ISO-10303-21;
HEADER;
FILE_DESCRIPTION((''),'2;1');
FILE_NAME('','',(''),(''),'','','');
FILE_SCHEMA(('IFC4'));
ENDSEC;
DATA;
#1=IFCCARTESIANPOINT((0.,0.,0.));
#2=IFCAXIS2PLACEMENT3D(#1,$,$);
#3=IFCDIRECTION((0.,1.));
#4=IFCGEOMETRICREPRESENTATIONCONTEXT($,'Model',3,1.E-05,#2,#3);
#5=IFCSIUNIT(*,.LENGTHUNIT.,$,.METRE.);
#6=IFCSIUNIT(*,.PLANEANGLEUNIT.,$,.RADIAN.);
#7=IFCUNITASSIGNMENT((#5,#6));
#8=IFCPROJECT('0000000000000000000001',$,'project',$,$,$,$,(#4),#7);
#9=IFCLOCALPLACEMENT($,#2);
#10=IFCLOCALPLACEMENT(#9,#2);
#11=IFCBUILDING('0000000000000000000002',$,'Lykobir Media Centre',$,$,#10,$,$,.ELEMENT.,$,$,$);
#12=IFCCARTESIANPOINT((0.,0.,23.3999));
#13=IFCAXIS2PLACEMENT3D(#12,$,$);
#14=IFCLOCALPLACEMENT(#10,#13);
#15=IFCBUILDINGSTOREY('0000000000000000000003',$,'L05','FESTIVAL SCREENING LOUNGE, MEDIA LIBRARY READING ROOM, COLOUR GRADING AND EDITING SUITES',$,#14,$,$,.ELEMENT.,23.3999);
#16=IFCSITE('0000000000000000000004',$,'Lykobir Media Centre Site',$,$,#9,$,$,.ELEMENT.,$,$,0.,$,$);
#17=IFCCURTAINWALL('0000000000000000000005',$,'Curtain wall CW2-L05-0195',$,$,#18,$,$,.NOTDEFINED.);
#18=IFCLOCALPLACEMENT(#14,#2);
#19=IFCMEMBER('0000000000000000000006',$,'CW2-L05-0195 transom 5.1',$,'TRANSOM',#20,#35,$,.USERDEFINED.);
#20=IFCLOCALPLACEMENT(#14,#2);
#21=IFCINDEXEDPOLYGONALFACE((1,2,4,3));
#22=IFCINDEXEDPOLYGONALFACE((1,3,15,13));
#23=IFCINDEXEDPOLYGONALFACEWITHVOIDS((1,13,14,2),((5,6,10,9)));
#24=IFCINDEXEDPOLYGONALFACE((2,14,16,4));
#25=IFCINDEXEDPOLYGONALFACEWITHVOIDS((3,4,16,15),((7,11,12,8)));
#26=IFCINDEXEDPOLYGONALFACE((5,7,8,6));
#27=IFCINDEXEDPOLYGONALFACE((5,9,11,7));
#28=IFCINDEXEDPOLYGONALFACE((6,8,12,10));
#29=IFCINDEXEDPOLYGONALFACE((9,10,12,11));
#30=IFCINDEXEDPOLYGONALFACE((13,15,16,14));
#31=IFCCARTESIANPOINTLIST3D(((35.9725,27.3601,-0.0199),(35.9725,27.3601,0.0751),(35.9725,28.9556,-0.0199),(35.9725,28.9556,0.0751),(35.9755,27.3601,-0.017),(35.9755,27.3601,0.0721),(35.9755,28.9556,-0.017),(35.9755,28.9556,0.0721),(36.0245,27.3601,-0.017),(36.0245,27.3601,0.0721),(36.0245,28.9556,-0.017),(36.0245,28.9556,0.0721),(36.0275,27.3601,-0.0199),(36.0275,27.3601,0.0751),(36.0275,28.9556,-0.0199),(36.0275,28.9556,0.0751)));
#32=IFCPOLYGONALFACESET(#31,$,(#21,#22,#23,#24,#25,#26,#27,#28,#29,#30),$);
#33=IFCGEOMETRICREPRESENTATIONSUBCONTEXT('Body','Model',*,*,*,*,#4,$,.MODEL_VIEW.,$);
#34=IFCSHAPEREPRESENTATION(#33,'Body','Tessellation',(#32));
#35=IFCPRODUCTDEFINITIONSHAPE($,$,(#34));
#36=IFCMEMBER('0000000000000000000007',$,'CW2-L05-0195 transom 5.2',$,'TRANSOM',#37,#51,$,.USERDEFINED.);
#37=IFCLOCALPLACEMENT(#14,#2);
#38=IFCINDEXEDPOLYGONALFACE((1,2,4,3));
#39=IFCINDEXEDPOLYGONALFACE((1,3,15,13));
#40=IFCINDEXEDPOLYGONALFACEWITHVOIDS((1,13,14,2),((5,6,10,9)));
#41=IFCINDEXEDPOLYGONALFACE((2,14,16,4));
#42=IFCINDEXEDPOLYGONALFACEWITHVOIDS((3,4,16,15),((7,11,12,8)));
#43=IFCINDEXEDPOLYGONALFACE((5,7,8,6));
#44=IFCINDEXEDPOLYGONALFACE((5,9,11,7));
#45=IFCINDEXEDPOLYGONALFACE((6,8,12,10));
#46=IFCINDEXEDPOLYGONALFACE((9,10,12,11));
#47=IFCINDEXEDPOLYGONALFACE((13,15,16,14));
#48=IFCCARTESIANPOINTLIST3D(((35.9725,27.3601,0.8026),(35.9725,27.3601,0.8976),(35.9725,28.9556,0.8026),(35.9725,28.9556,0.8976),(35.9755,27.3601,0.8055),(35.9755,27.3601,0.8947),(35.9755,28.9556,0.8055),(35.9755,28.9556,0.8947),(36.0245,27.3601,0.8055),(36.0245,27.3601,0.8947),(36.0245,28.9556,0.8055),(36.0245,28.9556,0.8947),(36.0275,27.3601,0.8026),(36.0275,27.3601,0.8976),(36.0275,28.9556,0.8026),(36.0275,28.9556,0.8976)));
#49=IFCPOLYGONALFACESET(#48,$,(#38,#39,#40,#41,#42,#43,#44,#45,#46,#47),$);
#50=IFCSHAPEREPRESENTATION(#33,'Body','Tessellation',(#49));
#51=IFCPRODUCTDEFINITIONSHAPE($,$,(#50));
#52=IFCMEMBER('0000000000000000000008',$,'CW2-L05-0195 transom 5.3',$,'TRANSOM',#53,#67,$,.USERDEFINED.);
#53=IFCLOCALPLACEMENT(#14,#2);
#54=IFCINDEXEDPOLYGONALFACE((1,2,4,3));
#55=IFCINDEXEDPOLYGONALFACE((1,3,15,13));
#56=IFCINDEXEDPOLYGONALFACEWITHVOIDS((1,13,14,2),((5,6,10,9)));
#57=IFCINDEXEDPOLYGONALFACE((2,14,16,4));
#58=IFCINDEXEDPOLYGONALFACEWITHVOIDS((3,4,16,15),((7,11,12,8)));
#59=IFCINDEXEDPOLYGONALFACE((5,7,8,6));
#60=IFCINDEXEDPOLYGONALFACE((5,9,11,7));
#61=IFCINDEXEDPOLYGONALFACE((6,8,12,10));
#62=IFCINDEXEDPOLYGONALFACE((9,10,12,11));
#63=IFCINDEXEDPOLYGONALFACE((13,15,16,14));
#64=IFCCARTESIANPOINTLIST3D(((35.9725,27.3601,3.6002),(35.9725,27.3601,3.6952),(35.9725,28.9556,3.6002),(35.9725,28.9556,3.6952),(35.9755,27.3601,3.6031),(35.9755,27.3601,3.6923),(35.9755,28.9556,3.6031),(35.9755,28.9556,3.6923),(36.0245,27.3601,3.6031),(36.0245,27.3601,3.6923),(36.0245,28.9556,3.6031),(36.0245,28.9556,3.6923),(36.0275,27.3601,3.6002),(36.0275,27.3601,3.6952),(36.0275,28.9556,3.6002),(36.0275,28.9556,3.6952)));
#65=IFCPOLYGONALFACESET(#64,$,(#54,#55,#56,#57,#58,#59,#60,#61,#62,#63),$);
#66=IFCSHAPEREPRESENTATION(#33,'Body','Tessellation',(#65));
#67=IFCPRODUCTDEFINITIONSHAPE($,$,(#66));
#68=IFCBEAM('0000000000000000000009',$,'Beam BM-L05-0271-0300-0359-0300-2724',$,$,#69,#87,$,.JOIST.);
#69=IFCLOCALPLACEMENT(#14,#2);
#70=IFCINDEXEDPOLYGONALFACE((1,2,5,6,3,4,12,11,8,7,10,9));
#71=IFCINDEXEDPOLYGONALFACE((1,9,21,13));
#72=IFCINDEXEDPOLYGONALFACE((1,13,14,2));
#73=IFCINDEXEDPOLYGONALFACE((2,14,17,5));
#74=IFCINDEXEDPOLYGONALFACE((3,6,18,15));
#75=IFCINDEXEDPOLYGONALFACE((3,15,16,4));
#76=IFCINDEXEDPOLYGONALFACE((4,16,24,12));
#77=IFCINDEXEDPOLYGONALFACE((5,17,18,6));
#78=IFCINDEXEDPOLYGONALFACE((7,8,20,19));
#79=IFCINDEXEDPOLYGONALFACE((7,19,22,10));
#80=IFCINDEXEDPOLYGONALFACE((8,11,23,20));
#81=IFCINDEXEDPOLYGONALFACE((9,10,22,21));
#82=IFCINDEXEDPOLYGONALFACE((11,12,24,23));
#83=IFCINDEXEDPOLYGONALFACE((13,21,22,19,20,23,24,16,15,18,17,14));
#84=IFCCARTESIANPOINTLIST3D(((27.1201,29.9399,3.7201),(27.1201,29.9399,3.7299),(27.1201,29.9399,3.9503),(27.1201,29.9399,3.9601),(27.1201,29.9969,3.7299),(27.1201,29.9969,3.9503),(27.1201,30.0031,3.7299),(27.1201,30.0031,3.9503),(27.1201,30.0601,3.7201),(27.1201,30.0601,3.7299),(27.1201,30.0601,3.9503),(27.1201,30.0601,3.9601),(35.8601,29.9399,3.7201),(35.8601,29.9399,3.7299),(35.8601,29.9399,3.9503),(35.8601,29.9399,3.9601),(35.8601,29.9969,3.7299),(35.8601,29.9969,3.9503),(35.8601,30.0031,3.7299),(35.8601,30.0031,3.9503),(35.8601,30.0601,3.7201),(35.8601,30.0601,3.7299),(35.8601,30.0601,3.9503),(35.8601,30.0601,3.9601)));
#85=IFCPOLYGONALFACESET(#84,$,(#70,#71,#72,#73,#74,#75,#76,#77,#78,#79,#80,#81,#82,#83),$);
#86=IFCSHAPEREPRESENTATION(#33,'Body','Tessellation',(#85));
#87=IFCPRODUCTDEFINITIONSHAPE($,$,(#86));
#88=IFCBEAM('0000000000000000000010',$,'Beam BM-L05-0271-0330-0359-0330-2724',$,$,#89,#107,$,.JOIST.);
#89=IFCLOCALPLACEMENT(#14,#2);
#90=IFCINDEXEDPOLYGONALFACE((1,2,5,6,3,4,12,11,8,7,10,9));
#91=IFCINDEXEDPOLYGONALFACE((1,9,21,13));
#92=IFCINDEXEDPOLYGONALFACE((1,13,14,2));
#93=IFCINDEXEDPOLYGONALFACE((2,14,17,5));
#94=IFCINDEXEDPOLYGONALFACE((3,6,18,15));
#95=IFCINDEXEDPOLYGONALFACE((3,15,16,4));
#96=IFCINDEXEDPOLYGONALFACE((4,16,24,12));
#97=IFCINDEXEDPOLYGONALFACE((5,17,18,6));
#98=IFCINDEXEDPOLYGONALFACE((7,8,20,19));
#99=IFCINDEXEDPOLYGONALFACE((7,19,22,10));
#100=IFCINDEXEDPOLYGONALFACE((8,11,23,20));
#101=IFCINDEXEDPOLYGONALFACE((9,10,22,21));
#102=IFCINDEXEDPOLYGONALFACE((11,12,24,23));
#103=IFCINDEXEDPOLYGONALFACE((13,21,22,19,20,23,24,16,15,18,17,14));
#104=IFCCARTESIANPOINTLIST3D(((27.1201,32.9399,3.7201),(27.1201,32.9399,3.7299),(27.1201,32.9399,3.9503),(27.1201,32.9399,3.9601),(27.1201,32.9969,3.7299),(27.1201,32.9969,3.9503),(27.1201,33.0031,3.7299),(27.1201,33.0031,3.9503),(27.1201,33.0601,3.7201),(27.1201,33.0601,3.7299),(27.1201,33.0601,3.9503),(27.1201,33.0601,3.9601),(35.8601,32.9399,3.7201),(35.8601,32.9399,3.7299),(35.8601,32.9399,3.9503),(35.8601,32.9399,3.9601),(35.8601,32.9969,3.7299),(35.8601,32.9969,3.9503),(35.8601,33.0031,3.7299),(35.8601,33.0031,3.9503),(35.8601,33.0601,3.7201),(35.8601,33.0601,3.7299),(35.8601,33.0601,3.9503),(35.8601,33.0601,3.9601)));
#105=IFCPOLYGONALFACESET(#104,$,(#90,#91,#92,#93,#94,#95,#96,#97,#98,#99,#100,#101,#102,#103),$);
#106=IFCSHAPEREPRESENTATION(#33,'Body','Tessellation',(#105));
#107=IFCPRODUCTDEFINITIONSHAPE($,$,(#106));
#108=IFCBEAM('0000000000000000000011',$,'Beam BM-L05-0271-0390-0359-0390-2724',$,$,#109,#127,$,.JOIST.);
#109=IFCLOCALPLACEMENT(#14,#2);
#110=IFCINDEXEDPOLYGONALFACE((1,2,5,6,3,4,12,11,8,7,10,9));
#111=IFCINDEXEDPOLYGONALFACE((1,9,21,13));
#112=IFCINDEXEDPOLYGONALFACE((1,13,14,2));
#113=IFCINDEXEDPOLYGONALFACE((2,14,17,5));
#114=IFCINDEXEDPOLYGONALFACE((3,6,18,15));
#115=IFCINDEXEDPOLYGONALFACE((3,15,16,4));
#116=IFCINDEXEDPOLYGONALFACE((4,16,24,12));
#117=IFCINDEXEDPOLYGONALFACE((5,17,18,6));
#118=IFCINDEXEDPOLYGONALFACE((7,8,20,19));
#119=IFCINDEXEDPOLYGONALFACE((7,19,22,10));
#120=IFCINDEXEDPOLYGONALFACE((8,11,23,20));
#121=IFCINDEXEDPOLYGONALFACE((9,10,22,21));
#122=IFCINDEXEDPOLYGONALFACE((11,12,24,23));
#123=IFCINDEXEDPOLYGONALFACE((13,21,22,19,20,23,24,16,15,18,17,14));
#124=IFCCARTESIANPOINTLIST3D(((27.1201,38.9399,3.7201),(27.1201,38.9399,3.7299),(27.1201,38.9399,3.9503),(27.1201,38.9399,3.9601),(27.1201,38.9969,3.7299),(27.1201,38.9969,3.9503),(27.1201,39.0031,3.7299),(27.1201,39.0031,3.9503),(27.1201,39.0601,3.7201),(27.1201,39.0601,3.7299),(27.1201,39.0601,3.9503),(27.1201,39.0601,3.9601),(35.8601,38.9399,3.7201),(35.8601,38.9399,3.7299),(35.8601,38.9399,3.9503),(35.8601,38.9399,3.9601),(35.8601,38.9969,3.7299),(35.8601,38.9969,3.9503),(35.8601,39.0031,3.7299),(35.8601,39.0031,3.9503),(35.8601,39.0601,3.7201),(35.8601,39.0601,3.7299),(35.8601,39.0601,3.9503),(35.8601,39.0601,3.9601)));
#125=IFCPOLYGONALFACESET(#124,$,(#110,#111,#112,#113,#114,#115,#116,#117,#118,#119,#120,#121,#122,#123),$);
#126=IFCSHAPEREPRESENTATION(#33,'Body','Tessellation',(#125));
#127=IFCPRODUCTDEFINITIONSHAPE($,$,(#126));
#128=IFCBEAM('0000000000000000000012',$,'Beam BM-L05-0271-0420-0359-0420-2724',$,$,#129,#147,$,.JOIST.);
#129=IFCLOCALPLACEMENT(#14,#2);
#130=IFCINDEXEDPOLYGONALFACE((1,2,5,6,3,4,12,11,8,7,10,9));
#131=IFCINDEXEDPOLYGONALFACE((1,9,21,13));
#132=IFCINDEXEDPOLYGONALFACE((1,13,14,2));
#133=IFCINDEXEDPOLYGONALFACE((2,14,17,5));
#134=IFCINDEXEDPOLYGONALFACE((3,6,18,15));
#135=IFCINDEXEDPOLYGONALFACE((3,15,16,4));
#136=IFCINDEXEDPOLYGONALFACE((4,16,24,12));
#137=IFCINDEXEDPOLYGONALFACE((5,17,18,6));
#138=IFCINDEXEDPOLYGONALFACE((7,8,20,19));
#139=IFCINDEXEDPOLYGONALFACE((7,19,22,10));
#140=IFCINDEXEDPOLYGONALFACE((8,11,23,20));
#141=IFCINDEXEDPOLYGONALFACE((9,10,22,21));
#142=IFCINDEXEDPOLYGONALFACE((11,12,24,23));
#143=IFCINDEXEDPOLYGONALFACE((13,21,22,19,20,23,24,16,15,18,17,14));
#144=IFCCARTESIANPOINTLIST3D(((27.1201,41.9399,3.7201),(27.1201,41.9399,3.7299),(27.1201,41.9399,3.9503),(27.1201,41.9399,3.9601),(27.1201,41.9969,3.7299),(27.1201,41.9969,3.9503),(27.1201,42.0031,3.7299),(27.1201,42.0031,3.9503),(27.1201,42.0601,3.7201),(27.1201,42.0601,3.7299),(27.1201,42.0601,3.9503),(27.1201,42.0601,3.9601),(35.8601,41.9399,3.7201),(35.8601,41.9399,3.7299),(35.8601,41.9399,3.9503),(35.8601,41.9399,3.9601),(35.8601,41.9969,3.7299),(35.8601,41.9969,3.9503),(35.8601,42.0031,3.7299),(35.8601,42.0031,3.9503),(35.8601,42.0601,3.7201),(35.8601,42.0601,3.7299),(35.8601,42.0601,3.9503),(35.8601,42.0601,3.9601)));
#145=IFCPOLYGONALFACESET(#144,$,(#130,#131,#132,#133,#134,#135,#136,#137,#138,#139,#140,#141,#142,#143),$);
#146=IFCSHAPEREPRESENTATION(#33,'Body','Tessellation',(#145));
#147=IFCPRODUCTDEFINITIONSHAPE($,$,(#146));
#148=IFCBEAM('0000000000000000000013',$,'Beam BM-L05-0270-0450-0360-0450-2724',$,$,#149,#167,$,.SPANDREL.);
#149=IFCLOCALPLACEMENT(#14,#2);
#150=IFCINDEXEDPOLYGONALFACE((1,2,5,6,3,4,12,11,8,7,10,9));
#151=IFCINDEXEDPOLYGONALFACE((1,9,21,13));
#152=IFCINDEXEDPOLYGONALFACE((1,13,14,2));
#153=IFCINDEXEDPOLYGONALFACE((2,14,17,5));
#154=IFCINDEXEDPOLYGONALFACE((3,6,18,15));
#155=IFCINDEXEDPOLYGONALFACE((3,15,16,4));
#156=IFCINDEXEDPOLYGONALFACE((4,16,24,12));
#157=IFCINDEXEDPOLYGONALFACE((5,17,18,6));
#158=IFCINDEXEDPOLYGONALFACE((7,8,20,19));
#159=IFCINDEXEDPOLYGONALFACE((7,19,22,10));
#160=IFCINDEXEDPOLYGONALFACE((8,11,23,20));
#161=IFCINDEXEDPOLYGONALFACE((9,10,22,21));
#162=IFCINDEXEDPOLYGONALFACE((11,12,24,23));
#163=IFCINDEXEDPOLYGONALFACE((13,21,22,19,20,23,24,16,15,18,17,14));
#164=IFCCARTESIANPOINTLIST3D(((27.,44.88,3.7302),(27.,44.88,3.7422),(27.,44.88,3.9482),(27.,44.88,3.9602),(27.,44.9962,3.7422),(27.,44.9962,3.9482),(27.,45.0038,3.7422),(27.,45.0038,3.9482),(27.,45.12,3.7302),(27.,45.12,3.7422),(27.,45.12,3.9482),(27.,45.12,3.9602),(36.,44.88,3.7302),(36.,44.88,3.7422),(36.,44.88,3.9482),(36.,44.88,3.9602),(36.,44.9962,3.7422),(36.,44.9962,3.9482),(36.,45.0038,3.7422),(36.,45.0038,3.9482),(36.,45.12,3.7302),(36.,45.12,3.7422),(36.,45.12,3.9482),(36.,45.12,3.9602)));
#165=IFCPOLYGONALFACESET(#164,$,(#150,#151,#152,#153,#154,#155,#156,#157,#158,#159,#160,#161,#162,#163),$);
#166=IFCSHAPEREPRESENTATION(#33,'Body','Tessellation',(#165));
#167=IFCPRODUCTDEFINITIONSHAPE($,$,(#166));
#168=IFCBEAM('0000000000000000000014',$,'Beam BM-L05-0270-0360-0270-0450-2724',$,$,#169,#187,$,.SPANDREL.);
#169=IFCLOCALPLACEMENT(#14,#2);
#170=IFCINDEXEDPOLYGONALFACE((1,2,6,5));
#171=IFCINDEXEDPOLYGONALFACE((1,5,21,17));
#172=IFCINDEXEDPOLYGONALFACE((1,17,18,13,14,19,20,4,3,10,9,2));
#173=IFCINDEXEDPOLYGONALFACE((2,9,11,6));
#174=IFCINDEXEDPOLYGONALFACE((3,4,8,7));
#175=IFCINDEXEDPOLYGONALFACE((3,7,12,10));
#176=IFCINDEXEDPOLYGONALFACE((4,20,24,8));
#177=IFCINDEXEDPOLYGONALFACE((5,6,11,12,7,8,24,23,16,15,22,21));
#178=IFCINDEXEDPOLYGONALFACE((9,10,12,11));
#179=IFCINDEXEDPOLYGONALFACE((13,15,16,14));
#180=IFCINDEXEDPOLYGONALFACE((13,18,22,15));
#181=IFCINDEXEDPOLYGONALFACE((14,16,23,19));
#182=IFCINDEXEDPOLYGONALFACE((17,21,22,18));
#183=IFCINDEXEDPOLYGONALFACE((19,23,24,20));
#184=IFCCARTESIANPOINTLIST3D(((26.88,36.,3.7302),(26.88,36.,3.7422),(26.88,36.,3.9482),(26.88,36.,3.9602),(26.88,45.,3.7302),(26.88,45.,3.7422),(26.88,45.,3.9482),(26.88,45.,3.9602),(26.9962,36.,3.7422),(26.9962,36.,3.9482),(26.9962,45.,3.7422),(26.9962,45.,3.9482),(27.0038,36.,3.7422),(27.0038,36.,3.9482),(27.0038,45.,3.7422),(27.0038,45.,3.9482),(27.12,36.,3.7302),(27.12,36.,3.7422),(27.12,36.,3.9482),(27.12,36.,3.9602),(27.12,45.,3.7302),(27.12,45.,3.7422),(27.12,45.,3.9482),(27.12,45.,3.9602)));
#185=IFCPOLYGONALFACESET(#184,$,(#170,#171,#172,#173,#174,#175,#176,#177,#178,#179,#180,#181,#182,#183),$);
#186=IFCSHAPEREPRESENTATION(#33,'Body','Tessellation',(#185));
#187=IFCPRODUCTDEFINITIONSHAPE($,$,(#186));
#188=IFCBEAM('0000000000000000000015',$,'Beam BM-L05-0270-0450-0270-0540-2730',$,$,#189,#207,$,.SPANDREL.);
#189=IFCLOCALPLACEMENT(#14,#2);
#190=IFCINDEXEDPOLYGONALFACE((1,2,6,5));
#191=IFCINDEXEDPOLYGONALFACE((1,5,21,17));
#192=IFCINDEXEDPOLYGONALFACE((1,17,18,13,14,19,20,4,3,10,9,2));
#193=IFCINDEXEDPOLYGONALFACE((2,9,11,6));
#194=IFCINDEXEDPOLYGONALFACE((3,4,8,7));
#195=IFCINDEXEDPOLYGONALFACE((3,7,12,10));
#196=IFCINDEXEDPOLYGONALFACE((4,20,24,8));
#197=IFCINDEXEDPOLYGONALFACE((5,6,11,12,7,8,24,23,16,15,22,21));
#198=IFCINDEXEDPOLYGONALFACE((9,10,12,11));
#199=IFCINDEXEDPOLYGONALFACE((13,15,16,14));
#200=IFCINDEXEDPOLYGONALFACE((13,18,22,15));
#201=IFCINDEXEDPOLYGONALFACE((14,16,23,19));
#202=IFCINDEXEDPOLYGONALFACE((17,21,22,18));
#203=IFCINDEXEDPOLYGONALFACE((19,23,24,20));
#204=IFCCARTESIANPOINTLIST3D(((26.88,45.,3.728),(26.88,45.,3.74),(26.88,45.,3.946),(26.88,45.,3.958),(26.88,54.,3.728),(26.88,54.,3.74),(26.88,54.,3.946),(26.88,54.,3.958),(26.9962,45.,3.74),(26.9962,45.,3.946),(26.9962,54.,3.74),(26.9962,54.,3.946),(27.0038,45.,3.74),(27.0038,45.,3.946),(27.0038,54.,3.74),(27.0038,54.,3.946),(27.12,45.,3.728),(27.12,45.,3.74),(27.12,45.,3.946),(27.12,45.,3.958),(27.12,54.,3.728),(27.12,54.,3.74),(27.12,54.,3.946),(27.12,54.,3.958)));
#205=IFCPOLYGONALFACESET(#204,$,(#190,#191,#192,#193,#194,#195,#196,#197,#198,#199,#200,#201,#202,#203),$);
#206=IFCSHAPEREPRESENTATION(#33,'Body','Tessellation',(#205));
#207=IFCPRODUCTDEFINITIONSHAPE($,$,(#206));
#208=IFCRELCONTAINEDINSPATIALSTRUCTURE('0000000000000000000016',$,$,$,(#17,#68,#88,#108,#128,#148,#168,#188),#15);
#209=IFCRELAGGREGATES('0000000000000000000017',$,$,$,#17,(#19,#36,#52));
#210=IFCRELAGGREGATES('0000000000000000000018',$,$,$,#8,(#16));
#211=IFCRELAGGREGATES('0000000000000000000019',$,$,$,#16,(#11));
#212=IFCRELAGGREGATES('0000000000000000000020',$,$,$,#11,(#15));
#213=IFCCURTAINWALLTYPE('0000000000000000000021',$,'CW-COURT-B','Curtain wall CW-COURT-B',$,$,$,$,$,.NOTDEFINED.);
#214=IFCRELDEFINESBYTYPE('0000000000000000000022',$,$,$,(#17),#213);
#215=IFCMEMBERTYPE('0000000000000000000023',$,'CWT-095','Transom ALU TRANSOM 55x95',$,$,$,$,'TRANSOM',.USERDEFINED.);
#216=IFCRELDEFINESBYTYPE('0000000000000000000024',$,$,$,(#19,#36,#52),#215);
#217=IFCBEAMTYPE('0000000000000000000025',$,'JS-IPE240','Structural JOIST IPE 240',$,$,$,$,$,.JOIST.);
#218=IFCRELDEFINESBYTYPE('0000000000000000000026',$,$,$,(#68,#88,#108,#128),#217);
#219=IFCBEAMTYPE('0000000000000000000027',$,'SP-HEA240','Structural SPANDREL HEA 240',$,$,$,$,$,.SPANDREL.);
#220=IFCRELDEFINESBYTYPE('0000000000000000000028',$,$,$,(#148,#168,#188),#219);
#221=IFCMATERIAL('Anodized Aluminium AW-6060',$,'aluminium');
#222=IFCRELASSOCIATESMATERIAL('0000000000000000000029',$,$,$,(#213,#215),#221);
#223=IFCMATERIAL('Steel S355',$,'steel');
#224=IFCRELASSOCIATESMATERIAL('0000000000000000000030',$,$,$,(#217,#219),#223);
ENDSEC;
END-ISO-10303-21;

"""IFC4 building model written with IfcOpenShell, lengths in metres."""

from ifc_helpers import new_model, si_unit, direction, frame, origin, origin_2d, place, context, subcontext, project, spatial, hollow_rectangle, i_section, extrude, material, material_profile, profile_set, type_object, element, aggregate, save


model = new_model("IFC4")

# Units and contexts
model_context = context("Model", 3, precision=1e-05, world=origin(), true_north=direction((0.0, 1.0)))
body_context = subcontext(model_context, "Body", "Model", "MODEL_VIEW")
ifc_project = project(units=[si_unit("LENGTHUNIT", "METRE"), si_unit("PLANEANGLEUNIT", "RADIAN")], contexts=[model_context])

# Site, building, storey
site_placement = place(None, origin())
site = spatial("IfcSite", under=ifc_project, at=site_placement, Name="Lykobir Media Centre Site", CompositionType="ELEMENT", RefElevation=0.0)
building_placement = place(site_placement, origin())
building = spatial("IfcBuilding", under=site, at=building_placement, Name="Lykobir Media Centre", CompositionType="ELEMENT")
storey_placement = place(building_placement, frame((0.0, 0.0, 23.3999)))
storey = spatial("IfcBuildingStorey", under=building, at=storey_placement, Name="L05", Description="FESTIVAL SCREENING LOUNGE, MEDIA LIBRARY READING ROOM, COLOUR GRADING AND EDITING SUITES", CompositionType="ELEMENT", Elevation=23.3999)

# Shared definitions
ifc_material_1 = material(Name="Steel S355", Category="steel")

# Curtain wall, members
ifc_material_2 = material(Name="Anodized Aluminium AW-6060", Category="aluminium")
curtain_wall_type = type_object("IfcCurtainWallType", Name="CW-COURT-B", Description="Curtain wall CW-COURT-B", PredefinedType="NOTDEFINED", material=ifc_material_2)
curtain_wall_placement = place(storey_placement, origin())
curtain_wall = element("IfcCurtainWall", 1, at=curtain_wall_placement, inside=storey, type_object=curtain_wall_type, Name="Curtain wall CW2-L05-0195", PredefinedType="NOTDEFINED")
ifc_material_profile_1 = material_profile(ifc_material_2, hollow_rectangle(XDim=0.0549, YDim=0.095, WallThickness=0.0029, at=origin_2d()), Name="ALU TRANSOM 55x95")
ifc_profile_set_1 = profile_set([ifc_material_profile_1], Name="Anodized Aluminium AW-6060")
member_type_1 = type_object("IfcMemberType", Name="CWT-095", Description="Transom ALU TRANSOM 55x95", ElementType="TRANSOM", PredefinedType="USERDEFINED", material=ifc_profile_set_1)
member_1_placement = place(storey_placement, frame((36.0, 28.9556, 0.0276), z_axis=(0.0, -1.0, 0.0), x_axis=(1.0, 0.0, 0.0)))
member_1 = element("IfcMember", 2, at=member_1_placement, type_object=member_type_1, Name="CW2-L05-0195 transom 5.1", ObjectType="TRANSOM", PredefinedType="USERDEFINED", context=body_context, shape_type="SweptSolid", body=[
    extrude(hollow_rectangle(XDim=0.0549, YDim=0.095, WallThickness=0.0029, at=origin_2d()), origin(), (0.0, 0.0, 1.0), 1.5955),
])
member_2_placement = place(storey_placement, frame((36.0, 28.9556, 0.8501), z_axis=(0.0, -1.0, 0.0), x_axis=(1.0, 0.0, 0.0)))
member_2 = element("IfcMember", 3, at=member_2_placement, type_object=member_type_1, Name="CW2-L05-0195 transom 5.2", ObjectType="TRANSOM", PredefinedType="USERDEFINED", context=body_context, shape_type="SweptSolid", body=[
    extrude(hollow_rectangle(XDim=0.0549, YDim=0.095, WallThickness=0.0029, at=origin_2d()), origin(), (0.0, 0.0, 1.0), 1.5955),
])
member_3_placement = place(storey_placement, frame((36.0, 28.9556, 3.6477), z_axis=(0.0, -1.0, 0.0), x_axis=(1.0, 0.0, 0.0)))
member_3 = element("IfcMember", 4, at=member_3_placement, type_object=member_type_1, Name="CW2-L05-0195 transom 5.3", ObjectType="TRANSOM", PredefinedType="USERDEFINED", context=body_context, shape_type="SweptSolid", body=[
    extrude(hollow_rectangle(XDim=0.0549, YDim=0.095, WallThickness=0.0029, at=origin_2d()), origin(), (0.0, 0.0, 1.0), 1.5955),
])

# Beams
ifc_material_profile_2 = material_profile(ifc_material_1, i_section(OverallWidth=0.1201, OverallDepth=0.24, WebThickness=0.0061, FlangeThickness=0.0098, at=origin_2d()), Name="IPE 240")
ifc_profile_set_2 = profile_set([ifc_material_profile_2], Name="Steel S355")
beam_type_1 = type_object("IfcBeamType", Name="JS-IPE240", Description="Structural JOIST IPE 240", PredefinedType="JOIST", material=ifc_profile_set_2)
for number, where, z_axis, x_axis, name in (
    (5, (27.1201, 30.0, 3.8401), (1.0, 0.0, 0.0), (0.0, 1.0, 0.0), "Beam BM-L05-0271-0300-0359-0300-2724"),
    (6, (27.1201, 33.0, 3.8401), (1.0, 0.0, 0.0), (0.0, 1.0, 0.0), "Beam BM-L05-0271-0330-0359-0330-2724"),
    (7, (27.1201, 39.0, 3.8401), (1.0, 0.0, 0.0), (0.0, 1.0, 0.0), "Beam BM-L05-0271-0390-0359-0390-2724"),
    (8, (27.1201, 42.0, 3.8401), (1.0, 0.0, 0.0), (0.0, 1.0, 0.0), "Beam BM-L05-0271-0420-0359-0420-2724"),
):
    element("IfcBeam", number, at=place(storey_placement, frame(where, z_axis=z_axis, x_axis=x_axis)), inside=storey, type_object=beam_type_1, Name=name, PredefinedType="JOIST", context=body_context, shape_type="SweptSolid", body=[
        extrude(i_section(OverallWidth=0.1201, OverallDepth=0.24, WebThickness=0.0061, FlangeThickness=0.0098, at=origin_2d()), origin(), (0.0, 0.0, 1.0), 8.74),
    ])
ifc_material_profile_3 = material_profile(ifc_material_1, i_section(OverallWidth=0.24, OverallDepth=0.23, WebThickness=0.0076, FlangeThickness=0.012, at=origin_2d()), Name="HEA 240")
ifc_profile_set_3 = profile_set([ifc_material_profile_3], Name="Steel S355")
beam_type_2 = type_object("IfcBeamType", Name="SP-HEA240", Description="Structural SPANDREL HEA 240", PredefinedType="SPANDREL", material=ifc_profile_set_3)
for number, where, z_axis, x_axis, name in (
    (9, (27.0, 45.0, 3.8452), (1.0, 0.0, 0.0), (0.0, 1.0, 0.0), "Beam BM-L05-0270-0450-0360-0450-2724"),
    (10, (27.0, 36.0, 3.8452), (0.0, 1.0, 0.0), (-1.0, 0.0, 0.0), "Beam BM-L05-0270-0360-0270-0450-2724"),
    (11, (27.0, 45.0, 3.843), (0.0, 1.0, 0.0), (-1.0, 0.0, 0.0), "Beam BM-L05-0270-0450-0270-0540-2730"),
):
    element("IfcBeam", number, at=place(storey_placement, frame(where, z_axis=z_axis, x_axis=x_axis)), inside=storey, type_object=beam_type_2, Name=name, PredefinedType="SPANDREL", context=body_context, shape_type="SweptSolid", body=[
        extrude(i_section(OverallWidth=0.24, OverallDepth=0.23, WebThickness=0.0076, FlangeThickness=0.012, at=origin_2d()), origin(), (0.0, 0.0, 1.0), 9.0),
    ])

aggregate(curtain_wall, [member_1, member_2, member_3])

save(model, "model.ifc")
